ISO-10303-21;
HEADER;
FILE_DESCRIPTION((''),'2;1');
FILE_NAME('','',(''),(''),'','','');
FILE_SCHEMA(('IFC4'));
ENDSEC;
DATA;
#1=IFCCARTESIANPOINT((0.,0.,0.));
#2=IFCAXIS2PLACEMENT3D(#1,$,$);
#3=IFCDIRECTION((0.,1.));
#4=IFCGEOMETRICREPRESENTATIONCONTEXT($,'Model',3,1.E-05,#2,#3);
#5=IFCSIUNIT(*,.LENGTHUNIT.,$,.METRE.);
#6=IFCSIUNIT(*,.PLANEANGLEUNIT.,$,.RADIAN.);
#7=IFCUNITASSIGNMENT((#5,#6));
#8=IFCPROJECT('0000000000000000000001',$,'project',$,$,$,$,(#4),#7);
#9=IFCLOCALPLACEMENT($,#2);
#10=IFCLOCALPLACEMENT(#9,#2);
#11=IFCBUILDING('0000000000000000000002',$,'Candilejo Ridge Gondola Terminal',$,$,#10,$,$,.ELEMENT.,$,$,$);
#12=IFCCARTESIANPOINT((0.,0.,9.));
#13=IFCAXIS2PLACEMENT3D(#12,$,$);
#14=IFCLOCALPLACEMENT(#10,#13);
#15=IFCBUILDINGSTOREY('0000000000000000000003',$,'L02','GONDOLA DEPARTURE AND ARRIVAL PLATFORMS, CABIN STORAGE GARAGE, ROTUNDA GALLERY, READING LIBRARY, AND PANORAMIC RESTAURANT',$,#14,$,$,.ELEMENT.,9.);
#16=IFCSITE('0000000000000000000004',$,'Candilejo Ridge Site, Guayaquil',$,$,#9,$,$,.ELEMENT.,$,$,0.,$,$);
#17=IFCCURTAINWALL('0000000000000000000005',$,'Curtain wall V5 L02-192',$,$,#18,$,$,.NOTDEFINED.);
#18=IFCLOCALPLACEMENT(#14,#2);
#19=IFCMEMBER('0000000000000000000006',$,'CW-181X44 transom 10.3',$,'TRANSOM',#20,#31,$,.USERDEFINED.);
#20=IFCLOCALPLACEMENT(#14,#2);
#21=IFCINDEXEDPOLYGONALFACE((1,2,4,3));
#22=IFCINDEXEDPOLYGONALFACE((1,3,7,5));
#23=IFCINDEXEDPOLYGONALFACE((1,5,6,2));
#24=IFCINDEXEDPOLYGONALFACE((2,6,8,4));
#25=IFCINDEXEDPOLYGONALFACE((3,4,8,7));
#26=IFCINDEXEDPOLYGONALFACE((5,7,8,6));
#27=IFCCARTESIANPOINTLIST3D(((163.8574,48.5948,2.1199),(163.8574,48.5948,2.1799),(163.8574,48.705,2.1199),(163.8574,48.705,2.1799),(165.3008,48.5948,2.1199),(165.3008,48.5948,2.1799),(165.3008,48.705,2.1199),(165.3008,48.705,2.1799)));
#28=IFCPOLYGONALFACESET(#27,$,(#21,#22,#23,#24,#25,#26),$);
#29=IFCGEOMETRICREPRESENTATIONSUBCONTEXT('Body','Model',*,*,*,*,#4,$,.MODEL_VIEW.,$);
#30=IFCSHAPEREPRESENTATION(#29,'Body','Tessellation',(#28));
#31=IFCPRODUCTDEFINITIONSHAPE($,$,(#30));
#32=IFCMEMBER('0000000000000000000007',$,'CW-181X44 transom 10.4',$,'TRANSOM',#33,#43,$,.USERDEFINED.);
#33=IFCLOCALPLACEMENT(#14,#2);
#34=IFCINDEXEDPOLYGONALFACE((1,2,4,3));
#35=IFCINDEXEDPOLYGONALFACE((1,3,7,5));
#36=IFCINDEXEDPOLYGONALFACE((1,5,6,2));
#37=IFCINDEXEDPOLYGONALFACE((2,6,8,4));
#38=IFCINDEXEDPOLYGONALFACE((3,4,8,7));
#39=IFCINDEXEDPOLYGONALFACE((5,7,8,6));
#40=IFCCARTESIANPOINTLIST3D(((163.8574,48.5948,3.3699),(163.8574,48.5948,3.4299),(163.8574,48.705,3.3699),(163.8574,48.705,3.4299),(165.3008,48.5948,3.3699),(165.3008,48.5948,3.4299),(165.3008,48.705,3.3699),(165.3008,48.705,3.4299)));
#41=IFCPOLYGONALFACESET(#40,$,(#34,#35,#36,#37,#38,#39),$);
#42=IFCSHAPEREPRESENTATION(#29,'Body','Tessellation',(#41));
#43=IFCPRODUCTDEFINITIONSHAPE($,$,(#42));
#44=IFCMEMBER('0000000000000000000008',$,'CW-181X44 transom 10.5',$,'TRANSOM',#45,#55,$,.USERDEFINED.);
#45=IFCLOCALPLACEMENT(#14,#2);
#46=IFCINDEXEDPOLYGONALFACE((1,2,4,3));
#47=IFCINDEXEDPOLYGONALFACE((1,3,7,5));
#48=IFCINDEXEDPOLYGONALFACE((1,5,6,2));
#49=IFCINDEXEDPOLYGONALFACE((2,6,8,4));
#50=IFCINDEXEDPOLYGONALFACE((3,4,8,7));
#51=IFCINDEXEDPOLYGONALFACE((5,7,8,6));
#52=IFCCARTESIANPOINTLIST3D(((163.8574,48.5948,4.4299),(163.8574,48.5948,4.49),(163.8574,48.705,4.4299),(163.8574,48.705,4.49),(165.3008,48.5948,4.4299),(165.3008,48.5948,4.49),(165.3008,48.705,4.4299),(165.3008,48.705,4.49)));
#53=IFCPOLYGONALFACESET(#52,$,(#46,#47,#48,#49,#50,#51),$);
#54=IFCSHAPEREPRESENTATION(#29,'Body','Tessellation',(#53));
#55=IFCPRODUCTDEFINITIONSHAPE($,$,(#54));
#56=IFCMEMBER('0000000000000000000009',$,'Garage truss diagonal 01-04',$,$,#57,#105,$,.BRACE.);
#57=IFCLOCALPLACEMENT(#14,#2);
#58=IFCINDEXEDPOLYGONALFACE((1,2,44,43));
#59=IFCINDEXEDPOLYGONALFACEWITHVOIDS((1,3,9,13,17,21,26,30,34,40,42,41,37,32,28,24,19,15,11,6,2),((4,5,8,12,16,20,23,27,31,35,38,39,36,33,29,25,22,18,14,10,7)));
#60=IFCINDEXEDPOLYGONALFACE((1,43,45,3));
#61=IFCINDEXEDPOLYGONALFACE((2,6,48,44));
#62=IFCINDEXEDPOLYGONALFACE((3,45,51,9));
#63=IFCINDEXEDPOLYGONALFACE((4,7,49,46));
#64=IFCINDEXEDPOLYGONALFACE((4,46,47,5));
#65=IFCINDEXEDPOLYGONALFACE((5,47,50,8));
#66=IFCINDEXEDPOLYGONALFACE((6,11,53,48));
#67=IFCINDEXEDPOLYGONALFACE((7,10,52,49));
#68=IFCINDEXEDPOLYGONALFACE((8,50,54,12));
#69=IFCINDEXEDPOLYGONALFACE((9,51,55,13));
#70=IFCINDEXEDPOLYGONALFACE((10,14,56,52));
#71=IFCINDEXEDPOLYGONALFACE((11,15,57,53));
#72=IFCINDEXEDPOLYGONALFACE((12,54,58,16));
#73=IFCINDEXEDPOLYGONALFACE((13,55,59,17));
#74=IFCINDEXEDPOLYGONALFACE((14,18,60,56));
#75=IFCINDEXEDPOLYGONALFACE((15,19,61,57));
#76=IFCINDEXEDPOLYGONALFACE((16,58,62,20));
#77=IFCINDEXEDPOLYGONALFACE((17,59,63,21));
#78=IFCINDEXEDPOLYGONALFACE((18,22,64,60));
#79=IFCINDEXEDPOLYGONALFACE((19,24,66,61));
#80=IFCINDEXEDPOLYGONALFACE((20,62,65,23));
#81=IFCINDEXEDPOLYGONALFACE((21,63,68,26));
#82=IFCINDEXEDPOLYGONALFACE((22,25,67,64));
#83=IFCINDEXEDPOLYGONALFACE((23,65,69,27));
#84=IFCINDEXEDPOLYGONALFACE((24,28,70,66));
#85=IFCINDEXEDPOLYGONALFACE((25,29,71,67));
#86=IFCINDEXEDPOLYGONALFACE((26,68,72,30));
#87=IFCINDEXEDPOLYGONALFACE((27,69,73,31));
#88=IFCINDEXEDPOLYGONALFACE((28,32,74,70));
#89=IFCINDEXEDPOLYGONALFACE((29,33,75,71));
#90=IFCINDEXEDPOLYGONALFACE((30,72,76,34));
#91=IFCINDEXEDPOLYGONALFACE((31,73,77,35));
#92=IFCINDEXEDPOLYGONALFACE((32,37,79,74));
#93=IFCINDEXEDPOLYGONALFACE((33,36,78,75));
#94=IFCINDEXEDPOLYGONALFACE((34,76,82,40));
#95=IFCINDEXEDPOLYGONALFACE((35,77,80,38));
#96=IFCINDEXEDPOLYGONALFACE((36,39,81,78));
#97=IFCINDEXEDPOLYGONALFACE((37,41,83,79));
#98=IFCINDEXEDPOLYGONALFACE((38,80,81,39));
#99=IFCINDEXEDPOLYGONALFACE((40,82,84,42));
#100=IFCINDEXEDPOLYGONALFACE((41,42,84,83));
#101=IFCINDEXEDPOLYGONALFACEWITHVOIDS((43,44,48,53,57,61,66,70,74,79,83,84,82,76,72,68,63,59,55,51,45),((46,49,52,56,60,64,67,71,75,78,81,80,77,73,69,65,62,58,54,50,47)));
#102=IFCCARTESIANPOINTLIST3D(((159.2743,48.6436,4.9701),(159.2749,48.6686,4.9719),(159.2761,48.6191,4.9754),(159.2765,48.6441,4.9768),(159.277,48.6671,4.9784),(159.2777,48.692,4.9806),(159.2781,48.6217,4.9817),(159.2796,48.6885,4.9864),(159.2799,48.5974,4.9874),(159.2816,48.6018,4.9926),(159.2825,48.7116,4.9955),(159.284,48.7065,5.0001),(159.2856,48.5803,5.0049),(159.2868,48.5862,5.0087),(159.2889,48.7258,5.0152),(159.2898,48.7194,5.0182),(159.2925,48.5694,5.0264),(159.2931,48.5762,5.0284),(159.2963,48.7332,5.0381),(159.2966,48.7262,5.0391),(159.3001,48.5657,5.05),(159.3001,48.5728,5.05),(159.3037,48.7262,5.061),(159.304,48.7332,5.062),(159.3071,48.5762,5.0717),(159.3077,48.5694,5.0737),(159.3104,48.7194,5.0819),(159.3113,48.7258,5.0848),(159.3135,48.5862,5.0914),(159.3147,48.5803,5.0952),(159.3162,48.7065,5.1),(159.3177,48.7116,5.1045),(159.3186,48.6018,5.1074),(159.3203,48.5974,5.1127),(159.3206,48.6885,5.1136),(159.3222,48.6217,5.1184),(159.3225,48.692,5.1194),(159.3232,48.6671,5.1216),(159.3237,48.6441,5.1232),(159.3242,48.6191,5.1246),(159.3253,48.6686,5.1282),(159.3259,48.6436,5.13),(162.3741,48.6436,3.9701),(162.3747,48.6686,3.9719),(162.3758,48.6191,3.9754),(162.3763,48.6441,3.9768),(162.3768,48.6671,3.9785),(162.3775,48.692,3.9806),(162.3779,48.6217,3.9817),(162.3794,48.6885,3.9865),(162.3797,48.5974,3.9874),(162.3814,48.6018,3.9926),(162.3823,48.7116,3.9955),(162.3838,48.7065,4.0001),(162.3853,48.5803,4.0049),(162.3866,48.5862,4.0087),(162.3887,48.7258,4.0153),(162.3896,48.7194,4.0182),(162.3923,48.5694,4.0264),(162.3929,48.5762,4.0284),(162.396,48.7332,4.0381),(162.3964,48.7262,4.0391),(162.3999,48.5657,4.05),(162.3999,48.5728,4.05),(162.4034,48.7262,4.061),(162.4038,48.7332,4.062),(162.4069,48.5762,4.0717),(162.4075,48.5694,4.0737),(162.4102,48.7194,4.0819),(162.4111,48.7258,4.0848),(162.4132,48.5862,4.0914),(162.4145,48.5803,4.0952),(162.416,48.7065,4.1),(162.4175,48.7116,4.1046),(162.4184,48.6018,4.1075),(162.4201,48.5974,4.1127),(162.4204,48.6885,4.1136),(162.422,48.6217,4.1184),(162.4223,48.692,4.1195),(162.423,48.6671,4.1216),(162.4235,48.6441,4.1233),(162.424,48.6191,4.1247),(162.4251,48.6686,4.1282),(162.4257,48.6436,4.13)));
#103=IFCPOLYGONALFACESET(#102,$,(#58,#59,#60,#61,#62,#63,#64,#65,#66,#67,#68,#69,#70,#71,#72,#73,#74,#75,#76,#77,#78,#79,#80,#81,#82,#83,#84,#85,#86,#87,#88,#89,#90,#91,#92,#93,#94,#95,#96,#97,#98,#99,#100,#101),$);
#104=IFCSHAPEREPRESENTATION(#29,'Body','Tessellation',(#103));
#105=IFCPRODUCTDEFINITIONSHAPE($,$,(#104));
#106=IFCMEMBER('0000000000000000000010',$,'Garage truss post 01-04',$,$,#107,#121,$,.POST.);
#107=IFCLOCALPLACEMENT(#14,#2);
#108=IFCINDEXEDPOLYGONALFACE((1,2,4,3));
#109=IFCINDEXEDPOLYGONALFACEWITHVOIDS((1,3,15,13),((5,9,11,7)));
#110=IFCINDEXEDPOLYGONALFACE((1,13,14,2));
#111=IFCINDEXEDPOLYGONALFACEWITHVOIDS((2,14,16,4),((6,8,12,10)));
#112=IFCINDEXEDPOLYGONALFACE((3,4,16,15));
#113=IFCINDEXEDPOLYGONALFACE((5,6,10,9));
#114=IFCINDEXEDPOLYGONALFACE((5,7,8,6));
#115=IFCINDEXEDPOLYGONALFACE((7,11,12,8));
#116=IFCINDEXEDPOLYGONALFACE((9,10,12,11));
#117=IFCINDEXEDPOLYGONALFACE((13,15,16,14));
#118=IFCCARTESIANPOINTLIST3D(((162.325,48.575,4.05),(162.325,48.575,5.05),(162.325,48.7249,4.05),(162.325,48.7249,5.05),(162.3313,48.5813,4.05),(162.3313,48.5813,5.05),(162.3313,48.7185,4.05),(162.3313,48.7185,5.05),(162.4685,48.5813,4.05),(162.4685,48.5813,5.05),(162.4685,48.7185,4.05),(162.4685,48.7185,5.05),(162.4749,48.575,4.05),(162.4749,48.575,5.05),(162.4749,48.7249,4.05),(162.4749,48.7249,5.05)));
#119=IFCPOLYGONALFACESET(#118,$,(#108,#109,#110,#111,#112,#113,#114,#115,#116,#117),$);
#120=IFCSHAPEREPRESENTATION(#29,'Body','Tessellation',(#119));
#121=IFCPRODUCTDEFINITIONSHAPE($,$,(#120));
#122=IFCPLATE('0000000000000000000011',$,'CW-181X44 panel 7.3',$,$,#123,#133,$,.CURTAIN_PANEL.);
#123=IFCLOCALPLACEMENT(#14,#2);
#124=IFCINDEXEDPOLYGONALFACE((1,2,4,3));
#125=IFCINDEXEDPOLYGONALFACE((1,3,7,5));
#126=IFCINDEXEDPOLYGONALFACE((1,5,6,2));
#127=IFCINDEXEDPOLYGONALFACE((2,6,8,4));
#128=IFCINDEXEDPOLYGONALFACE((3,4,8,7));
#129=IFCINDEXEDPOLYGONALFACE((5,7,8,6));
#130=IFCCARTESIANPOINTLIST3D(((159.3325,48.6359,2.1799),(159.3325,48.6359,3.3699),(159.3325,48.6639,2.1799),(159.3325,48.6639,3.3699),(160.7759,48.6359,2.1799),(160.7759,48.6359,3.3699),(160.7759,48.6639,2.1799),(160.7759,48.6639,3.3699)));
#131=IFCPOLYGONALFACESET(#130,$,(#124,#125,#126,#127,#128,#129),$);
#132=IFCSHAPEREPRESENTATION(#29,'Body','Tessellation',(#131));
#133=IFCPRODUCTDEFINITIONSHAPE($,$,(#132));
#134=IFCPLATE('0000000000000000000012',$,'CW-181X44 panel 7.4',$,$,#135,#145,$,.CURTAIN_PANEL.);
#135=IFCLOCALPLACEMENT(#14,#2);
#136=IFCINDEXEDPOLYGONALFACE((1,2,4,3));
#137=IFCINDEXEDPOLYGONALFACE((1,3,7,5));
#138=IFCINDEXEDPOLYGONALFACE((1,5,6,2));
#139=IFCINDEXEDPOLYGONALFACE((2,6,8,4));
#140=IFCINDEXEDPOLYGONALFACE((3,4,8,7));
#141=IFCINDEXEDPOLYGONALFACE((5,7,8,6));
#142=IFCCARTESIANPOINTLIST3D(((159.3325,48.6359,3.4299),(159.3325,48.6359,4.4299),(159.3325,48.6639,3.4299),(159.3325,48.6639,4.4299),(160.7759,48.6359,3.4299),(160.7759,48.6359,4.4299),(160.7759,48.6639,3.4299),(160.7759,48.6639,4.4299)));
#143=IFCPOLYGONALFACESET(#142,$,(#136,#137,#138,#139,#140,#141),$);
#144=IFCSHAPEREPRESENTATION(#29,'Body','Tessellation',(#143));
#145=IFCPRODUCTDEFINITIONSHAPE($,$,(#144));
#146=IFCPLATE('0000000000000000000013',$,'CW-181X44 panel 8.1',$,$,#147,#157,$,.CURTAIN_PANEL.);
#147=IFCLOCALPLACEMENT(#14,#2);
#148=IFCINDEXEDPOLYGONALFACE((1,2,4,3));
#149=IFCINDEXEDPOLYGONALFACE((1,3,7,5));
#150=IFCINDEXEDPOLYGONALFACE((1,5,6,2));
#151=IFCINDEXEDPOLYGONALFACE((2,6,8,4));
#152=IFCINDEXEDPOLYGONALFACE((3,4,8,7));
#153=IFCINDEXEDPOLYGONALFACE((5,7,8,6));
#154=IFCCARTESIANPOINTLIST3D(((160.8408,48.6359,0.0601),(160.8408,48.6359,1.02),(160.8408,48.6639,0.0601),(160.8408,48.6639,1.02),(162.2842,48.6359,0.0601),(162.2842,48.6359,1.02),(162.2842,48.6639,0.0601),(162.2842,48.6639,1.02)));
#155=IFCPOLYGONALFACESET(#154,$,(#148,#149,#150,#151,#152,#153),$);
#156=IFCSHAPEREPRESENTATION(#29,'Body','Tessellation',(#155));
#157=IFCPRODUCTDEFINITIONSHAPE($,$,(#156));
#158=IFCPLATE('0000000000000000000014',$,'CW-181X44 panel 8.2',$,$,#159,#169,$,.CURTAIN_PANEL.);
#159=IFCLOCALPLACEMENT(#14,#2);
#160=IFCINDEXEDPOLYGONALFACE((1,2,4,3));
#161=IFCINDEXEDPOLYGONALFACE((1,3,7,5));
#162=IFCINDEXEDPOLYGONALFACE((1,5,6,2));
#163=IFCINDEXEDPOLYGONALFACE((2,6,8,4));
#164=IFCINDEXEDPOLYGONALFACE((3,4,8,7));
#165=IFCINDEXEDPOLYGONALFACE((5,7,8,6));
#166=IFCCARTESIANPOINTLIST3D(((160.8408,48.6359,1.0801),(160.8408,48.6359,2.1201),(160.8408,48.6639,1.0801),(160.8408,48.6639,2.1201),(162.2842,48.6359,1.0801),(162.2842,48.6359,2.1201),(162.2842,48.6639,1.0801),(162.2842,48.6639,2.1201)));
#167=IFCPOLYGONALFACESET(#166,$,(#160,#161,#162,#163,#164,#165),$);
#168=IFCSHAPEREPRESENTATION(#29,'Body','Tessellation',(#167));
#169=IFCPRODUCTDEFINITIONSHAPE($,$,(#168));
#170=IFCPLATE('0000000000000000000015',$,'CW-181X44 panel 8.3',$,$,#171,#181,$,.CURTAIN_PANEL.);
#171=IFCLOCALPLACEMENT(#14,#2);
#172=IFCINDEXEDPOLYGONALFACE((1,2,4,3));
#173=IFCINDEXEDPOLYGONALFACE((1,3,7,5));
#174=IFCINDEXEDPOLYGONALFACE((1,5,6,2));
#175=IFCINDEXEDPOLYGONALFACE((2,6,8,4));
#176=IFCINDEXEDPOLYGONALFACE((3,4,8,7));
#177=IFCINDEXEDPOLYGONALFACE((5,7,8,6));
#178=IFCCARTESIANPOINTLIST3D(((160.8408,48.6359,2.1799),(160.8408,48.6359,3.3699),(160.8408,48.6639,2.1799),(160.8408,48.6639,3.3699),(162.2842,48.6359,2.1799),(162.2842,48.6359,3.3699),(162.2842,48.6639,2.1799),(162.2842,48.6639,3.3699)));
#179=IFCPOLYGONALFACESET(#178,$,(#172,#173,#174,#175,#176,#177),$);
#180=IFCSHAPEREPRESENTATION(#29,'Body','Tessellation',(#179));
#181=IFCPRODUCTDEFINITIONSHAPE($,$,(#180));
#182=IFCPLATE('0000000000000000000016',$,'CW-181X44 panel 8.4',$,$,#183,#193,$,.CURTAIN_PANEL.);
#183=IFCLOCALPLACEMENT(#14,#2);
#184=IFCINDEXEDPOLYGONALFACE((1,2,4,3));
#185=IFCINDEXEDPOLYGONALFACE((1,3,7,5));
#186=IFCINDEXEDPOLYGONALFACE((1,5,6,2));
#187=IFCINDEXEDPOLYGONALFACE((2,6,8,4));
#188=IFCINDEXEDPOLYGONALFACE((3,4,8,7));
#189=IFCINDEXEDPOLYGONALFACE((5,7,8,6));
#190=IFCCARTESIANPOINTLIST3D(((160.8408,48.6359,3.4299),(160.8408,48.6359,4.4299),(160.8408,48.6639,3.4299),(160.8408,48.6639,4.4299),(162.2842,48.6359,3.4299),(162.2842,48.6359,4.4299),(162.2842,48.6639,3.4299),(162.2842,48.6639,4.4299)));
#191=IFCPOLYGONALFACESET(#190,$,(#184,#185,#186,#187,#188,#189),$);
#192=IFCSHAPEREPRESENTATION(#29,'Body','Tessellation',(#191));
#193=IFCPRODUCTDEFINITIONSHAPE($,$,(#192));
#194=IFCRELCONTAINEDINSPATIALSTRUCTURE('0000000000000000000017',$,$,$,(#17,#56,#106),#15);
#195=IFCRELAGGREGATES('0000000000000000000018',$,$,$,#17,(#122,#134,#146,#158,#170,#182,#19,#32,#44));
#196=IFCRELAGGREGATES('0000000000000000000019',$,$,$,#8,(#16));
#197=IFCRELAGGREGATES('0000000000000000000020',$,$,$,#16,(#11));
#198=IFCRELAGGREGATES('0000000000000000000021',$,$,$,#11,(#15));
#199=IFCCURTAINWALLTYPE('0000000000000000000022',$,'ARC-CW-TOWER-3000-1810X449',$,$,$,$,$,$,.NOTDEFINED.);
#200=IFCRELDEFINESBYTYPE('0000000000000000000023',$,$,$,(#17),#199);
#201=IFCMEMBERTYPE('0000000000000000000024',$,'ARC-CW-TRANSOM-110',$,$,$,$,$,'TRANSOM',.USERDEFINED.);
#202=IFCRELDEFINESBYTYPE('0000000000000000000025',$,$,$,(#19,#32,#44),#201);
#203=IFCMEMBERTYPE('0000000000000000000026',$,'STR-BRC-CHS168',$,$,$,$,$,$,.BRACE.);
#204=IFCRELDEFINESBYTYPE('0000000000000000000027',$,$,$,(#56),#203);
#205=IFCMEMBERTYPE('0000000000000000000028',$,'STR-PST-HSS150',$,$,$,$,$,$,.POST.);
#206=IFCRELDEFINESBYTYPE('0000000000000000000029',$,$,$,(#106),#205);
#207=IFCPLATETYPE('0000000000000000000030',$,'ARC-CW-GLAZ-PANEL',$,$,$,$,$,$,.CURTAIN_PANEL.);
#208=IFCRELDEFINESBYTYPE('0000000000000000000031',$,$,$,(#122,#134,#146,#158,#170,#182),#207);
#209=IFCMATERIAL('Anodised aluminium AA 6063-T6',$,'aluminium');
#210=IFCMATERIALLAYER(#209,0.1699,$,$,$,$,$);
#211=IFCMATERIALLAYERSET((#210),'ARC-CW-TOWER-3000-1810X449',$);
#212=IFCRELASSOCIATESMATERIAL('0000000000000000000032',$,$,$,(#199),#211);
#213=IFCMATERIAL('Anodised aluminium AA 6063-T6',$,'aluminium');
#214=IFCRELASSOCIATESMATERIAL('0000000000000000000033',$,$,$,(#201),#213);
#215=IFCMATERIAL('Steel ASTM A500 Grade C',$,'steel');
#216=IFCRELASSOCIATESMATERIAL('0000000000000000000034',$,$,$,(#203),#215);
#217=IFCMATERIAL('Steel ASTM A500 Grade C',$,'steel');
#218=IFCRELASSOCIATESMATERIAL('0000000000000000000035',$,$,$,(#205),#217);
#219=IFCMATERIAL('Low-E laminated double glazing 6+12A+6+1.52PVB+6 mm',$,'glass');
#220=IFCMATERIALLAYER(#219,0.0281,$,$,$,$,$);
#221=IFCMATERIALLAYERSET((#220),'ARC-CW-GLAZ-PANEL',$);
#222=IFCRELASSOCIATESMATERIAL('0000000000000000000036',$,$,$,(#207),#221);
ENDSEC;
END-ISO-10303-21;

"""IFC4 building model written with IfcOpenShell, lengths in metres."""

from ifc_helpers import new_model, si_unit, direction, frame, origin, origin_2d, place, context, subcontext, project, spatial, rectangle, hollow_rectangle, hollow_circle, extrude, material, layer, layer_set, material_profile, profile_set, type_object, element, aggregate, save


model = new_model("IFC4")

# Units and contexts
model_context = context("Model", 3, precision=1e-05, world=origin(), true_north=direction((0.0, 1.0)))
body_context = subcontext(model_context, "Body", "Model", "MODEL_VIEW")
ifc_project = project(units=[si_unit("LENGTHUNIT", "METRE"), si_unit("PLANEANGLEUNIT", "RADIAN")], contexts=[model_context])

# Site, building, storey
site_placement = place(None, origin())
site = spatial("IfcSite", under=ifc_project, at=site_placement, Name="Candilejo Ridge Site, Guayaquil", CompositionType="ELEMENT", RefElevation=0.0)
building_placement = place(site_placement, origin())
building = spatial("IfcBuilding", under=site, at=building_placement, Name="Candilejo Ridge Gondola Terminal", CompositionType="ELEMENT")
storey_placement = place(building_placement, frame((0.0, 0.0, 9.0)))
storey = spatial("IfcBuildingStorey", under=building, at=storey_placement, Name="L02", Description="GONDOLA DEPARTURE AND ARRIVAL PLATFORMS, CABIN STORAGE GARAGE, ROTUNDA GALLERY, READING LIBRARY, AND PANORAMIC RESTAURANT", CompositionType="ELEMENT", Elevation=9.0)

# Curtain wall, members
ifc_material_1 = material(Name="Anodised aluminium AA 6063-T6", Category="aluminium")
ifc_layer_1 = layer(ifc_material_1, 0.1699)
ifc_layer_set_1 = layer_set([ifc_layer_1], Name="ARC-CW-TOWER-3000-1810X449")
curtain_wall_type = type_object("IfcCurtainWallType", Name="ARC-CW-TOWER-3000-1810X449", PredefinedType="NOTDEFINED", material=ifc_layer_set_1)
curtain_wall_placement = place(storey_placement, origin())
curtain_wall = element("IfcCurtainWall", 1, at=curtain_wall_placement, inside=storey, type_object=curtain_wall_type, Name="Curtain wall V5 L02-192", PredefinedType="NOTDEFINED")
ifc_material_2 = material(Name="Anodised aluminium AA 6063-T6", Category="aluminium")
ifc_material_profile_1 = material_profile(ifc_material_2, rectangle(XDim=0.1101, YDim=0.0601, at=origin_2d()))
ifc_profile_set_1 = profile_set([ifc_material_profile_1], Name="Anodised aluminium AA 6063-T6")
member_type_1 = type_object("IfcMemberType", Name="ARC-CW-TRANSOM-110", ElementType="TRANSOM", PredefinedType="USERDEFINED", material=ifc_profile_set_1)
member_1_placement = place(storey_placement, frame((163.8574, 48.6499, 2.1499), z_axis=(1.0, 0.0, 0.0), x_axis=(0.0, 1.0, 0.0)))
member_1 = element("IfcMember", 2, at=member_1_placement, type_object=member_type_1, Name="CW-181X44 transom 10.3", ObjectType="TRANSOM", PredefinedType="USERDEFINED", context=body_context, shape_type="SweptSolid", body=[
    extrude(rectangle(XDim=0.1101, YDim=0.0601, at=origin_2d()), origin(), (0.0, 0.0, 1.0), 1.4434),
])
member_2_placement = place(storey_placement, frame((163.8574, 48.6499, 3.3999), z_axis=(1.0, 0.0, 0.0), x_axis=(0.0, 1.0, 0.0)))
member_2 = element("IfcMember", 3, at=member_2_placement, type_object=member_type_1, Name="CW-181X44 transom 10.4", ObjectType="TRANSOM", PredefinedType="USERDEFINED", context=body_context, shape_type="SweptSolid", body=[
    extrude(rectangle(XDim=0.1101, YDim=0.0601, at=origin_2d()), origin(), (0.0, 0.0, 1.0), 1.4434),
])
member_3_placement = place(storey_placement, frame((163.8574, 48.6499, 4.46), z_axis=(1.0, 0.0, 0.0), x_axis=(0.0, 1.0, 0.0)))
member_3 = element("IfcMember", 4, at=member_3_placement, type_object=member_type_1, Name="CW-181X44 transom 10.5", ObjectType="TRANSOM", PredefinedType="USERDEFINED", context=body_context, shape_type="SweptSolid", body=[
    extrude(rectangle(XDim=0.1101, YDim=0.0601, at=origin_2d()), origin(), (0.0, 0.0, 1.0), 1.4434),
])

# Members
ifc_material_3 = material(Name="Steel ASTM A500 Grade C", Category="steel")
ifc_material_profile_2 = material_profile(ifc_material_3, hollow_circle(Radius=0.0842, WallThickness=0.0071, at=origin_2d()))
ifc_profile_set_2 = profile_set([ifc_material_profile_2], Name="Steel ASTM A500 Grade C")
member_type_2 = type_object("IfcMemberType", Name="STR-BRC-CHS168", PredefinedType="BRACE", material=ifc_profile_set_2)
member_4_placement = place(storey_placement, frame((162.3999, 48.6499, 4.05), z_axis=(-0.951704, 0.0, 0.307016), x_axis=(0.0, -1.0, 0.0)))
element("IfcMember", 5, at=member_4_placement, inside=storey, type_object=member_type_2, Name="Garage truss diagonal 01-04", PredefinedType="BRACE", context=body_context, shape_type="SweptSolid", body=[
    extrude(hollow_circle(Radius=0.0842, WallThickness=0.0071, at=origin_2d()), origin(), (0.0, 0.0, 1.0), 3.2571),
])
ifc_material_4 = material(Name="Steel ASTM A500 Grade C", Category="steel")
ifc_material_profile_3 = material_profile(ifc_material_4, hollow_rectangle(XDim=0.1499, YDim=0.1499, WallThickness=0.0063, at=origin_2d()))
ifc_profile_set_3 = profile_set([ifc_material_profile_3], Name="Steel ASTM A500 Grade C")
member_type_3 = type_object("IfcMemberType", Name="STR-PST-HSS150", PredefinedType="POST", material=ifc_profile_set_3)
member_5_placement = place(storey_placement, frame((162.3999, 48.6499, 4.05), z_axis=(0.0, 0.0, 1.0), x_axis=(1.0, 0.0, 0.0)))
element("IfcMember", 6, at=member_5_placement, inside=storey, type_object=member_type_3, Name="Garage truss post 01-04", PredefinedType="POST", context=body_context, shape_type="SweptSolid", body=[
    extrude(hollow_rectangle(XDim=0.1499, YDim=0.1499, WallThickness=0.0063, at=origin_2d()), origin(), (0.0, 0.0, 1.0), 1.0),
])

# Plates
ifc_material_5 = material(Name="Low-E laminated double glazing 6+12A+6+1.52PVB+6 mm", Category="glass")
ifc_layer_2 = layer(ifc_material_5, 0.0281)
ifc_layer_set_2 = layer_set([ifc_layer_2], Name="ARC-CW-GLAZ-PANEL")
plate_type_1 = type_object("IfcPlateType", Name="ARC-CW-GLAZ-PANEL", PredefinedType="CURTAIN_PANEL", material=ifc_layer_set_2)
plate_1_placement = place(storey_placement, frame((160.0542, 48.6499, 2.1799), z_axis=(0.0, 0.0, 1.0), x_axis=(1.0, 0.0, 0.0)))
plate_1 = element("IfcPlate", 7, at=plate_1_placement, type_object=plate_type_1, Name="CW-181X44 panel 7.3", PredefinedType="CURTAIN_PANEL", context=body_context, shape_type="SweptSolid", body=[
    extrude(rectangle(XDim=1.4434, YDim=0.0281, at=origin_2d()), origin(), (0.0, 0.0, 1.0), 1.1899),
])
plate_2_placement = place(storey_placement, frame((160.0542, 48.6499, 3.4299), z_axis=(0.0, 0.0, 1.0), x_axis=(1.0, 0.0, 0.0)))
plate_2 = element("IfcPlate", 8, at=plate_2_placement, type_object=plate_type_1, Name="CW-181X44 panel 7.4", PredefinedType="CURTAIN_PANEL", context=body_context, shape_type="SweptSolid", body=[
    extrude(rectangle(XDim=1.4434, YDim=0.0281, at=origin_2d()), origin(), (0.0, 0.0, 1.0), 1.0),
])
plate_3_placement = place(storey_placement, frame((161.5625, 48.6499, 0.0601), z_axis=(0.0, 0.0, 1.0), x_axis=(1.0, 0.0, 0.0)))
plate_3 = element("IfcPlate", 9, at=plate_3_placement, type_object=plate_type_1, Name="CW-181X44 panel 8.1", PredefinedType="CURTAIN_PANEL", context=body_context, shape_type="SweptSolid", body=[
    extrude(rectangle(XDim=1.4434, YDim=0.0281, at=origin_2d()), origin(), (0.0, 0.0, 1.0), 0.96),
])
plate_4_placement = place(storey_placement, frame((161.5625, 48.6499, 1.0801), z_axis=(0.0, 0.0, 1.0), x_axis=(1.0, 0.0, 0.0)))
plate_4 = element("IfcPlate", 10, at=plate_4_placement, type_object=plate_type_1, Name="CW-181X44 panel 8.2", PredefinedType="CURTAIN_PANEL", context=body_context, shape_type="SweptSolid", body=[
    extrude(rectangle(XDim=1.4434, YDim=0.0281, at=origin_2d()), origin(), (0.0, 0.0, 1.0), 1.04),
])
plate_5_placement = place(storey_placement, frame((161.5625, 48.6499, 2.1799), z_axis=(0.0, 0.0, 1.0), x_axis=(1.0, 0.0, 0.0)))
plate_5 = element("IfcPlate", 11, at=plate_5_placement, type_object=plate_type_1, Name="CW-181X44 panel 8.3", PredefinedType="CURTAIN_PANEL", context=body_context, shape_type="SweptSolid", body=[
    extrude(rectangle(XDim=1.4434, YDim=0.0281, at=origin_2d()), origin(), (0.0, 0.0, 1.0), 1.1899),
])
plate_6_placement = place(storey_placement, frame((161.5625, 48.6499, 3.4299), z_axis=(0.0, 0.0, 1.0), x_axis=(1.0, 0.0, 0.0)))
plate_6 = element("IfcPlate", 12, at=plate_6_placement, type_object=plate_type_1, Name="CW-181X44 panel 8.4", PredefinedType="CURTAIN_PANEL", context=body_context, shape_type="SweptSolid", body=[
    extrude(rectangle(XDim=1.4434, YDim=0.0281, at=origin_2d()), origin(), (0.0, 0.0, 1.0), 1.0),
])
aggregate(curtain_wall, [plate_1, plate_2, plate_3, plate_4, plate_5, plate_6, member_1, member_2, member_3])

save(model, "model.ifc")
